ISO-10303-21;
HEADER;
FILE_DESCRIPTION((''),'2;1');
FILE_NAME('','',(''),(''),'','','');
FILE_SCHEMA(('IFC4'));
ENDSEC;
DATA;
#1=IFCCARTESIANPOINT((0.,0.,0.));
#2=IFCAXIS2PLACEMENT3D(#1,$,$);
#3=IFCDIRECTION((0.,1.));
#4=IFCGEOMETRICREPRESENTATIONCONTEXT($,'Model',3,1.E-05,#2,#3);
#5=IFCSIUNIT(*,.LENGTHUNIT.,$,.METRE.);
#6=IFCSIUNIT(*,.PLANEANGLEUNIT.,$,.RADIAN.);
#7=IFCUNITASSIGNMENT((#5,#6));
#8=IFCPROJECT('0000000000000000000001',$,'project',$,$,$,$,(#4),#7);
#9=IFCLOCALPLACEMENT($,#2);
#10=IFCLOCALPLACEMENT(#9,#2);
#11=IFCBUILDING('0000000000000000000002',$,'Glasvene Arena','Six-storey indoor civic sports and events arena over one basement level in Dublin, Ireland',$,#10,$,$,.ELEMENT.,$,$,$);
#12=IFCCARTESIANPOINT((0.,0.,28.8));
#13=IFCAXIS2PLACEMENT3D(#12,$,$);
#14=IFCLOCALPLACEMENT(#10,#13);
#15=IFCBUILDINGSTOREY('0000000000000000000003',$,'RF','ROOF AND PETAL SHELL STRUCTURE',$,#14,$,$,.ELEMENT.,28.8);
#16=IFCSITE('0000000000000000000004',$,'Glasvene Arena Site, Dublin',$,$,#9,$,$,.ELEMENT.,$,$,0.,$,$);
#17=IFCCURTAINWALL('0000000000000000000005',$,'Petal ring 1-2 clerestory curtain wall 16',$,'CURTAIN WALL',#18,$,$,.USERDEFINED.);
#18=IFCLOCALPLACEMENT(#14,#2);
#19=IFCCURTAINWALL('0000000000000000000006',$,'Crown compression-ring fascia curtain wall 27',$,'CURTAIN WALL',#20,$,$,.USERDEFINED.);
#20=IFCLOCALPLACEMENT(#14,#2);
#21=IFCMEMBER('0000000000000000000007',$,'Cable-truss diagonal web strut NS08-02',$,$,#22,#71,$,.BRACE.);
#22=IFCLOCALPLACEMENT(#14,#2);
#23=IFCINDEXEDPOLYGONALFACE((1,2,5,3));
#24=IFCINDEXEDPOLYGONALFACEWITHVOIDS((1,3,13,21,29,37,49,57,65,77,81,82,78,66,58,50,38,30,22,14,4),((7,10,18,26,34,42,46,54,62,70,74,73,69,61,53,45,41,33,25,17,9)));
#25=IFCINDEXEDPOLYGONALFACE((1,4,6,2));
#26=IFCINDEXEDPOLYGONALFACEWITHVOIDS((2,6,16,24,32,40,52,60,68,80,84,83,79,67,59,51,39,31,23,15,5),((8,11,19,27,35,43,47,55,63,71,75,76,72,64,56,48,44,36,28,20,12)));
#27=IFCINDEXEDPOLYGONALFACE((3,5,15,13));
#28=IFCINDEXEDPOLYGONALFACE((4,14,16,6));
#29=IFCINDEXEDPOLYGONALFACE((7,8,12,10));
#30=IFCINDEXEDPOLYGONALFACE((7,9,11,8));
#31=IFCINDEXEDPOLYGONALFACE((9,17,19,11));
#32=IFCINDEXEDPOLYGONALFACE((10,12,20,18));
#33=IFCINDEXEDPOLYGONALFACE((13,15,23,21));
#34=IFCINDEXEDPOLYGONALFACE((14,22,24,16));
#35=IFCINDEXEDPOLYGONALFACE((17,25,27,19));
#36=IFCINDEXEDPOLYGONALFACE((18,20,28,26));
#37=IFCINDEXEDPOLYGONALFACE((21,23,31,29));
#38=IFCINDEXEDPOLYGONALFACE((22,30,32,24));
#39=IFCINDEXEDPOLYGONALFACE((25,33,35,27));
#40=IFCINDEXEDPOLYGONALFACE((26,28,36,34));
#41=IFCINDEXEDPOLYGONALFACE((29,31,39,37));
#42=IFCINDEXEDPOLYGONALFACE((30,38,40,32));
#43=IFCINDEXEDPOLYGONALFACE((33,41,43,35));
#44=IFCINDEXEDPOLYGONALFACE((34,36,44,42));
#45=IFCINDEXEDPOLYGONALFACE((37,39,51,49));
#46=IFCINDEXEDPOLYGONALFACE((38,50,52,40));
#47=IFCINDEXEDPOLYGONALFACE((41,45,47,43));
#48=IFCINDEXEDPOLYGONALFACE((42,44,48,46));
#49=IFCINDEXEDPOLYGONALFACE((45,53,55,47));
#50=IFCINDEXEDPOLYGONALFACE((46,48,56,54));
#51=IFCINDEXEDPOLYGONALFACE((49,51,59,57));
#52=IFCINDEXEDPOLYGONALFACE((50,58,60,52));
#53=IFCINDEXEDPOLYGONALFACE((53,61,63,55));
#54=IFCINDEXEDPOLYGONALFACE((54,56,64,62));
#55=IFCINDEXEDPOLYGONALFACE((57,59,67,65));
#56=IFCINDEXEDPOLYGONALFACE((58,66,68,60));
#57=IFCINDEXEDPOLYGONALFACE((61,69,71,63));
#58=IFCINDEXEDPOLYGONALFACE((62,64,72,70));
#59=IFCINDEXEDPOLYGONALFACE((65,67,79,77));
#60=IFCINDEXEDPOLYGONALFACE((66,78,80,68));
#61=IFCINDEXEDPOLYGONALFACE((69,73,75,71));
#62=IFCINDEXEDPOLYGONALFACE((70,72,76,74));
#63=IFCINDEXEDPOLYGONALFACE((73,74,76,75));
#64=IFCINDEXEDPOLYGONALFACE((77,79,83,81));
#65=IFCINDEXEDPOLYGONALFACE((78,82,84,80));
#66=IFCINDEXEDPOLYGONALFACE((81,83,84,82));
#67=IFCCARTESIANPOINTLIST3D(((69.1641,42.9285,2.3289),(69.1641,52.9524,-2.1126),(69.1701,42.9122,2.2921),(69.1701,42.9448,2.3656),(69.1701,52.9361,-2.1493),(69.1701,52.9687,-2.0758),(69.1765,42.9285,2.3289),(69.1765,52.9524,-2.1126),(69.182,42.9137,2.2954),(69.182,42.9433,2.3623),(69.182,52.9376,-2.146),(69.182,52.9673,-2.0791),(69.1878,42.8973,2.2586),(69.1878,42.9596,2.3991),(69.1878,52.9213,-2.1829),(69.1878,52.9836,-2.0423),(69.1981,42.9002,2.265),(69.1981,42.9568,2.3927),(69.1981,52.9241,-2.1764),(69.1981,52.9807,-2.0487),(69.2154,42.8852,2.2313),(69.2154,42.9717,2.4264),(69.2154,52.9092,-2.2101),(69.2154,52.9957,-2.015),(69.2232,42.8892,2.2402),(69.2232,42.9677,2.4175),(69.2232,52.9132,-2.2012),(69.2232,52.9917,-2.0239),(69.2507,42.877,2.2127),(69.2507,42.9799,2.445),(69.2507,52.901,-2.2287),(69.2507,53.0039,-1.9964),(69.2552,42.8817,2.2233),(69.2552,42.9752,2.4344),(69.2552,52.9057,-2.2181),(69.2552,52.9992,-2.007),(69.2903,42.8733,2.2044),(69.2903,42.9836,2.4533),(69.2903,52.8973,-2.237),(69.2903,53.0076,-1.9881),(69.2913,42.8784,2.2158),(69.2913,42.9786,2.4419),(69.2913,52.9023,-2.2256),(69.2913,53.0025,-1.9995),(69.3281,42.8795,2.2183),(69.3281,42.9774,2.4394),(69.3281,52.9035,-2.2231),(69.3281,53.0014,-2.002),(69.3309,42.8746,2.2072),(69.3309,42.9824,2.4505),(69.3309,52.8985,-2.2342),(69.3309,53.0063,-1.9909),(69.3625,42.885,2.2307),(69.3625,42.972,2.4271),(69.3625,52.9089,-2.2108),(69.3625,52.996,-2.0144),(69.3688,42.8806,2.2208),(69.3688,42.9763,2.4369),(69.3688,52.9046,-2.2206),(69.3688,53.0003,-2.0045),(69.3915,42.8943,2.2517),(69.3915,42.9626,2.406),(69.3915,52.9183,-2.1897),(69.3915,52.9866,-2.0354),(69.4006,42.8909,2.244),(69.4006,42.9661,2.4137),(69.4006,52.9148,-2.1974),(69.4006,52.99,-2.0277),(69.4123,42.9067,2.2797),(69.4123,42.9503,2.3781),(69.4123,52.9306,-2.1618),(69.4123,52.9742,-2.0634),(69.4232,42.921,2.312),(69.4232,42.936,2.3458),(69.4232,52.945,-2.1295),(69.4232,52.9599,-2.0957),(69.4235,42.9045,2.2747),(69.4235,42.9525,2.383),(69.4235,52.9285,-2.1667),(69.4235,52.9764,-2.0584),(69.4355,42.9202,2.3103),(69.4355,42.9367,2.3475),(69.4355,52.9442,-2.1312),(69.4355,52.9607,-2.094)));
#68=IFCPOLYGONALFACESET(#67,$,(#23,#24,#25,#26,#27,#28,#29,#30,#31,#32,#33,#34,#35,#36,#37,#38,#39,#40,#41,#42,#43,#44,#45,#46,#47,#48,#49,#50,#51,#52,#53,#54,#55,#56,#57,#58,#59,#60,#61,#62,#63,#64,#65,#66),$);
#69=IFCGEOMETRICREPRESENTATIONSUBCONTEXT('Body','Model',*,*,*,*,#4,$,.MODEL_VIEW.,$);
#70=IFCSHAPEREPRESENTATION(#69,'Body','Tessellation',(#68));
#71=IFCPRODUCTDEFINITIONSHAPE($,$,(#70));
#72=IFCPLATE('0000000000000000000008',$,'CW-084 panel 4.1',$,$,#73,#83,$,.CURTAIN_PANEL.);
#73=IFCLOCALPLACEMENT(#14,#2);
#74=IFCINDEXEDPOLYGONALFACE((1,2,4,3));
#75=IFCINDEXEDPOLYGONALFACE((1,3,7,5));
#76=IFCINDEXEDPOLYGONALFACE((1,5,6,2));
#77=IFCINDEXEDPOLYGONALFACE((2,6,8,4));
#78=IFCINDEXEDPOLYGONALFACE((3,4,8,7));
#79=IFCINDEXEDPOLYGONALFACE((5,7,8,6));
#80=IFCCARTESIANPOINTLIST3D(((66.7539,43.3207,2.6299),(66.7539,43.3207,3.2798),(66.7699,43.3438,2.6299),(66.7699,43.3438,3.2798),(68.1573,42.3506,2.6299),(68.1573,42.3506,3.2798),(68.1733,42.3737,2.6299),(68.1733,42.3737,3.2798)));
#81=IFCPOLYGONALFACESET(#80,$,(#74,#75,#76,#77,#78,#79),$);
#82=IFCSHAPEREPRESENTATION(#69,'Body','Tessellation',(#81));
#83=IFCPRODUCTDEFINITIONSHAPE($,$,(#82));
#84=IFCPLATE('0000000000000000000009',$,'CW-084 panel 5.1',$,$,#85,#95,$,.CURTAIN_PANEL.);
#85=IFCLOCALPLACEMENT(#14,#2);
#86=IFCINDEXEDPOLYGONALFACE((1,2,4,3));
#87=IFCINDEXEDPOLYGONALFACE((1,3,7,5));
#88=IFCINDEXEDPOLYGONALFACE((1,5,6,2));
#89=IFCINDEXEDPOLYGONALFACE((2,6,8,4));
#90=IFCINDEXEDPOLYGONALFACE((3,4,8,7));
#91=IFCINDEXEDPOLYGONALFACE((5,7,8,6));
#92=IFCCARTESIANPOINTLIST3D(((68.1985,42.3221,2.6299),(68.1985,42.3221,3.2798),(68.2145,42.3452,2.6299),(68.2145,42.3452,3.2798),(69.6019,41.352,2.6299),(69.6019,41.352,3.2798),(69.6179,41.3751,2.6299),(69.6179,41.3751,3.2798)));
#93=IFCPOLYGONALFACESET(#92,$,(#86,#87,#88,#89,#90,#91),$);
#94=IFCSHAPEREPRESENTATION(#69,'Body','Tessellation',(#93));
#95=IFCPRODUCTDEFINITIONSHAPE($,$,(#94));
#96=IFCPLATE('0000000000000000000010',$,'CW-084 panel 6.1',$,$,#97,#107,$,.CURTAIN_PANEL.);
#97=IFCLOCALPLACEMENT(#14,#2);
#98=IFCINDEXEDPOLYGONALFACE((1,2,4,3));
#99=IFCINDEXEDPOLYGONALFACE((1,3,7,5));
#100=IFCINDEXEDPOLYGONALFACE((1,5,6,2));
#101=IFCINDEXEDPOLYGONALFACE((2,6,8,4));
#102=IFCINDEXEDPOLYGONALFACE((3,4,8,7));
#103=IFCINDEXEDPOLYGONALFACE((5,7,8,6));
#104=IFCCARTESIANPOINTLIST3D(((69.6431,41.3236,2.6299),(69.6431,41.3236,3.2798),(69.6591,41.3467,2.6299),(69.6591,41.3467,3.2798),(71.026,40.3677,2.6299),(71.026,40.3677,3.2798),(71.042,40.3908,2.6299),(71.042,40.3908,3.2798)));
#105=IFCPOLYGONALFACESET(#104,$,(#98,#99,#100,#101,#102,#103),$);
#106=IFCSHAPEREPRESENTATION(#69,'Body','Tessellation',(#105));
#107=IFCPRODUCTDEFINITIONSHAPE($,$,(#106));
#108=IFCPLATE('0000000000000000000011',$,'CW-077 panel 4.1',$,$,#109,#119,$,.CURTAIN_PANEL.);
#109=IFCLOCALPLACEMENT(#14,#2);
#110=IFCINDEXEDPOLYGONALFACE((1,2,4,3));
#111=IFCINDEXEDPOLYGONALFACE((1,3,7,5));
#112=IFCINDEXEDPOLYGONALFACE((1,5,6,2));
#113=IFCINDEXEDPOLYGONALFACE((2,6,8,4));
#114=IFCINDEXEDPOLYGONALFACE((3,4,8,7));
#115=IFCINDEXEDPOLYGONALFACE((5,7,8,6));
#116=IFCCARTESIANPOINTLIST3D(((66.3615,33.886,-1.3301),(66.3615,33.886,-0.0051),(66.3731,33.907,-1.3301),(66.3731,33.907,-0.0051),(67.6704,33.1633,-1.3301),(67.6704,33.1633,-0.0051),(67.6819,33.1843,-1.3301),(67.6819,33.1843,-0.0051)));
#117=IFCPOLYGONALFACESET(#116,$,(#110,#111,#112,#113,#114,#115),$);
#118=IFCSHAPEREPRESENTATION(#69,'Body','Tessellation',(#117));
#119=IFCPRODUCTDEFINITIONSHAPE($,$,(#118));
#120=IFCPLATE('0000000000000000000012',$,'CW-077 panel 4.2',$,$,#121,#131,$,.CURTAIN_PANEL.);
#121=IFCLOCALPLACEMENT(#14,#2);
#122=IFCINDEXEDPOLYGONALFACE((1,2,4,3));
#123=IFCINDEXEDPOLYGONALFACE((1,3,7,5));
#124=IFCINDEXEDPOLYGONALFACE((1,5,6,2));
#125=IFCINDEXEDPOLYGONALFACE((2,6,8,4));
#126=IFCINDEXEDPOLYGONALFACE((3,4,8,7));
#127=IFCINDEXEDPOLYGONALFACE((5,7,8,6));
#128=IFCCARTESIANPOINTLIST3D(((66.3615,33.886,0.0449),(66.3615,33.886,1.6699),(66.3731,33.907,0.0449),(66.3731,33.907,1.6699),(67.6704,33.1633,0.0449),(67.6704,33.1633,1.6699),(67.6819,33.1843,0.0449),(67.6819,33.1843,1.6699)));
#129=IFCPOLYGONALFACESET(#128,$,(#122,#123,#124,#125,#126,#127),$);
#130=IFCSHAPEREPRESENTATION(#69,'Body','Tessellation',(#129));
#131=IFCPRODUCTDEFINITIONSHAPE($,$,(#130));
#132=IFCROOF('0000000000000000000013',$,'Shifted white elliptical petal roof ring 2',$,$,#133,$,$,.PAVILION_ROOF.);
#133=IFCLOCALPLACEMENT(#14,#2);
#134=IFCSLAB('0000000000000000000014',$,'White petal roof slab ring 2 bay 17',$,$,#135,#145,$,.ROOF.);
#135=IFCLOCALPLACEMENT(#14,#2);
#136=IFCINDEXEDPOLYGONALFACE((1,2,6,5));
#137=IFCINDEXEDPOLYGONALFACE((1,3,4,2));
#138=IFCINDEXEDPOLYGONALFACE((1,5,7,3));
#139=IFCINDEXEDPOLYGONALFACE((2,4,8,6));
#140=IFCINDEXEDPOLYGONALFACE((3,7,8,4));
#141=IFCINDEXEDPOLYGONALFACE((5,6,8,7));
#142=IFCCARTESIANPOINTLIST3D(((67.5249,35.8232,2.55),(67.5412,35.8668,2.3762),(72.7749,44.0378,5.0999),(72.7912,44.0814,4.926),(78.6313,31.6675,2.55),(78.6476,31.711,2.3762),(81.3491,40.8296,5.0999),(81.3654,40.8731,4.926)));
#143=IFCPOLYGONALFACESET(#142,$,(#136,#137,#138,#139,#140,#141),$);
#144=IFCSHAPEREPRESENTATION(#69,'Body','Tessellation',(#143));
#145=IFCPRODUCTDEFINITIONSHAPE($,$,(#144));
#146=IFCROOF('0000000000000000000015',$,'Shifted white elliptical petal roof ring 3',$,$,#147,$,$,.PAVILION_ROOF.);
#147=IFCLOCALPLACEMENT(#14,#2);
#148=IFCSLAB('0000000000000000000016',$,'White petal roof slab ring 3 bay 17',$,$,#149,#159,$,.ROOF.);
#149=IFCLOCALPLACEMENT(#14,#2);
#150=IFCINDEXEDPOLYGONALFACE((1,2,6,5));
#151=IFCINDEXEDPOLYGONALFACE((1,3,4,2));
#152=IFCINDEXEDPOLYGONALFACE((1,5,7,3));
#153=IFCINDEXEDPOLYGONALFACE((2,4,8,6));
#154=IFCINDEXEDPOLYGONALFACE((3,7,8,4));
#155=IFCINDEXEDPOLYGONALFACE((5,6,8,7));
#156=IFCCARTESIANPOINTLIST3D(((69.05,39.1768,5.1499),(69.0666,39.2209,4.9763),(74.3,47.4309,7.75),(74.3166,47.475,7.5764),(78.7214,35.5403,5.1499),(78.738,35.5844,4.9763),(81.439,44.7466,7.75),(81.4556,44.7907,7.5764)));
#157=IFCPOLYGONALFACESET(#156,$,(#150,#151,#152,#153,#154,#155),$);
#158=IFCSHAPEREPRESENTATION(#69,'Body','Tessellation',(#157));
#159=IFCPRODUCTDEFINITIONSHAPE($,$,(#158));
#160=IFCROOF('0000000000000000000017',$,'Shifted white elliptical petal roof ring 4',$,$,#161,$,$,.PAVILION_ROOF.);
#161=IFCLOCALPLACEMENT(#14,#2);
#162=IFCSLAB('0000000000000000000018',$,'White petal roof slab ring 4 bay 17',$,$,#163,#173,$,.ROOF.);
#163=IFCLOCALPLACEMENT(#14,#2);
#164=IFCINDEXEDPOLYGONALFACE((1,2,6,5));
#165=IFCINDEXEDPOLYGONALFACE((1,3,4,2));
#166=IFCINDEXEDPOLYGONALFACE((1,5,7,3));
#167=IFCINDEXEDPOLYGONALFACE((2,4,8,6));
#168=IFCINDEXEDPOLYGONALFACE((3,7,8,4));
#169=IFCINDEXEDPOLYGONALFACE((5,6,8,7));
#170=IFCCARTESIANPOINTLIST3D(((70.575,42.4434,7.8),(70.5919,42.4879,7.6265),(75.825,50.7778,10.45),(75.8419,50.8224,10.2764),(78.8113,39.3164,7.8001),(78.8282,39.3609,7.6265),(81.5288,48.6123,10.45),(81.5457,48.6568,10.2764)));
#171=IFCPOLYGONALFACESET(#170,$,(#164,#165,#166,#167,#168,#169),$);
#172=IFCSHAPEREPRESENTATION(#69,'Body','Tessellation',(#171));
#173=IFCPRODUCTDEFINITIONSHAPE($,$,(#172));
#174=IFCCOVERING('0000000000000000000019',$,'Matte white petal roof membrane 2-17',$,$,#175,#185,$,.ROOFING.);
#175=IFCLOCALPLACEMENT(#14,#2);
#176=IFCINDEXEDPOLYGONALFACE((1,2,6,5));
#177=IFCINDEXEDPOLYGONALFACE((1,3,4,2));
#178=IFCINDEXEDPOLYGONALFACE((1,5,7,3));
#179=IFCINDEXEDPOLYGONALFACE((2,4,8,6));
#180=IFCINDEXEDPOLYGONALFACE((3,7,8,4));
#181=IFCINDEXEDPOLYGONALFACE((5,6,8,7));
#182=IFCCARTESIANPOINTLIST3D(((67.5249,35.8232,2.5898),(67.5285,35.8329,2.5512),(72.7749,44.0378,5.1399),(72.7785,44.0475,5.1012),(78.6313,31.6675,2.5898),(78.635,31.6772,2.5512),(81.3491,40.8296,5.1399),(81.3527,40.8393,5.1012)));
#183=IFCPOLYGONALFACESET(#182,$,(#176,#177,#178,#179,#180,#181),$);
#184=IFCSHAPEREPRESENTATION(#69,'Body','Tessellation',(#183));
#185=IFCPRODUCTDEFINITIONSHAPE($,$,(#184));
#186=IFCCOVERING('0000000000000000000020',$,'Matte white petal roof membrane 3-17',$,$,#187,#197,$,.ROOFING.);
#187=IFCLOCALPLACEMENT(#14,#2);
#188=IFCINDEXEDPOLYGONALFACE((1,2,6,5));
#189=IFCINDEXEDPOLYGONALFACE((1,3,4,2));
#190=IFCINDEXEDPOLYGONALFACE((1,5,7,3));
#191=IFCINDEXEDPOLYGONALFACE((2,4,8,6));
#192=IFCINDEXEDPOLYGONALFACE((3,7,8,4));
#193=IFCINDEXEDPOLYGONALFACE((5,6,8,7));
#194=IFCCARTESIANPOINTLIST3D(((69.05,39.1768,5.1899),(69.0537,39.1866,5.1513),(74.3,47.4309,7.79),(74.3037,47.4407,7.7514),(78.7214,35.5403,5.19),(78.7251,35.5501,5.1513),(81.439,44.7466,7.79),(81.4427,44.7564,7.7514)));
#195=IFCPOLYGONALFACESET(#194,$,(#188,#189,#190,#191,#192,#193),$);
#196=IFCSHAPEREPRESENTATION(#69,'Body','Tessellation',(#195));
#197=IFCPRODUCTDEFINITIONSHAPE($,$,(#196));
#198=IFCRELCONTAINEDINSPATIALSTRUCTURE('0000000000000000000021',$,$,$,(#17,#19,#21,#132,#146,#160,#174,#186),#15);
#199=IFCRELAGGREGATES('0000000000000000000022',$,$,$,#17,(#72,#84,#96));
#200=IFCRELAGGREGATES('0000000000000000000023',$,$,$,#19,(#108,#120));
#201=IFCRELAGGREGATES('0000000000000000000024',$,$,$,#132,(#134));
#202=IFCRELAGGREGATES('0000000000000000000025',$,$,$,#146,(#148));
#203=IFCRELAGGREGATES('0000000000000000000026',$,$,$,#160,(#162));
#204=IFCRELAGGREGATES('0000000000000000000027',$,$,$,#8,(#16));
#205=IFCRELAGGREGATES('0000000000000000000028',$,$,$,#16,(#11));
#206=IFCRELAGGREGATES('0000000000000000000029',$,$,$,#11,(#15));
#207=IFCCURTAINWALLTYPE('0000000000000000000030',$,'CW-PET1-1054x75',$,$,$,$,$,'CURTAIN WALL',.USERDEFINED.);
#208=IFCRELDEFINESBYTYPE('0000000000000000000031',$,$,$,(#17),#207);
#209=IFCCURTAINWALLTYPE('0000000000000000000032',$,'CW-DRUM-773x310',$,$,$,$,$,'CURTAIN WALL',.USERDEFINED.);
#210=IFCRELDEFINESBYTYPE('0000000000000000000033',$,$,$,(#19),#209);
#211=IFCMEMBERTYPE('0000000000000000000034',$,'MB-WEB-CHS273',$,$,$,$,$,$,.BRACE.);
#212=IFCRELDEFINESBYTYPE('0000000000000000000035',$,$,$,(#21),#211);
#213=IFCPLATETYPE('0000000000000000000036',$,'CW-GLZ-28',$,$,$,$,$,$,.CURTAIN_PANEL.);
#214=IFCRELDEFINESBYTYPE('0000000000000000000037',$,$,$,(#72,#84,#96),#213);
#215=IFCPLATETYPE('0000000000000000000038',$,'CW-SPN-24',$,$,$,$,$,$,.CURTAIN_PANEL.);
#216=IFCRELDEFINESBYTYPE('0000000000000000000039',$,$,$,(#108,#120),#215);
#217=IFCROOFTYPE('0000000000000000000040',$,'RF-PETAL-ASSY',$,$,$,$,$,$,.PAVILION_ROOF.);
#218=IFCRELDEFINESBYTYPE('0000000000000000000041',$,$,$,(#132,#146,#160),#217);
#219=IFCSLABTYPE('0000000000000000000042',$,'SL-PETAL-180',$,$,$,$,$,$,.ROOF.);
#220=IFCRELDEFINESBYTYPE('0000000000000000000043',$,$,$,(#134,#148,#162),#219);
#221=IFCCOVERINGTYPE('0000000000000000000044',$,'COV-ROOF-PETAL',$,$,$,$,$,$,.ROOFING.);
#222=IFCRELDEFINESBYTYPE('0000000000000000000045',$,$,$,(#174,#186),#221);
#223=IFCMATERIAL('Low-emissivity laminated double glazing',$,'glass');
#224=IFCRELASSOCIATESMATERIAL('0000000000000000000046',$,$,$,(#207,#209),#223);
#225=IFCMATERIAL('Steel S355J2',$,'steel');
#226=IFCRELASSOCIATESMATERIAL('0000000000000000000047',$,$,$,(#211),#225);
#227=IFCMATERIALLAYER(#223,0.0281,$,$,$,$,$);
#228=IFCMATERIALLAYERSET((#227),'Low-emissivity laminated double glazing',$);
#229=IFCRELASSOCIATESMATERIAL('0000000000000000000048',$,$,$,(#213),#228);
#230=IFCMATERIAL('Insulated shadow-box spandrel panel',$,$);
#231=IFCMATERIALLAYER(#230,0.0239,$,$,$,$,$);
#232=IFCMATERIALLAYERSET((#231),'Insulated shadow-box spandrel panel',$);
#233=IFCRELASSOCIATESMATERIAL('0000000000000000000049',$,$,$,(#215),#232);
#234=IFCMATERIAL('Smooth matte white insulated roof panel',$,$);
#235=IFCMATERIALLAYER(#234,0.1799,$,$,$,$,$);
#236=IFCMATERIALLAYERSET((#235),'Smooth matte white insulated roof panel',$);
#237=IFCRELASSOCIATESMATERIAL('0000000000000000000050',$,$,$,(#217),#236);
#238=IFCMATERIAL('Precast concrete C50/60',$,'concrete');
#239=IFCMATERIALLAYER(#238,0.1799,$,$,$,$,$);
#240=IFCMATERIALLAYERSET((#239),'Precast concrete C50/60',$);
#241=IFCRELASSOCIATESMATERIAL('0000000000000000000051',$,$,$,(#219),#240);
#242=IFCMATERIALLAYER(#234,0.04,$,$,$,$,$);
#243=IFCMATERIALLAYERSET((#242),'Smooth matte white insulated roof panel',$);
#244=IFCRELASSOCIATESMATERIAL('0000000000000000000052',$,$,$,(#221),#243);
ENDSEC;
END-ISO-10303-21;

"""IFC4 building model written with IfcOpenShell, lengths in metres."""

from ifc_helpers import new_model, si_unit, direction, frame, origin, origin_2d, place, context, subcontext, project, spatial, polyline, rectangle, hollow_circle, outline, extrude, material, layer, layer_set, material_profile, profile_set, type_object, element, aggregate, save


model = new_model("IFC4")

# Units and contexts
model_context = context("Model", 3, precision=1e-05, world=origin(), true_north=direction((0.0, 1.0)))
body_context = subcontext(model_context, "Body", "Model", "MODEL_VIEW")
ifc_project = project(units=[si_unit("LENGTHUNIT", "METRE"), si_unit("PLANEANGLEUNIT", "RADIAN")], contexts=[model_context])

# Site, building, storey
site_placement = place(None, origin())
site = spatial("IfcSite", under=ifc_project, at=site_placement, Name="Glasvene Arena Site, Dublin", CompositionType="ELEMENT", RefElevation=0.0)
building_placement = place(site_placement, origin())
building = spatial("IfcBuilding", under=site, at=building_placement, Name="Glasvene Arena", Description="Six-storey indoor civic sports and events arena over one basement level in Dublin, Ireland", CompositionType="ELEMENT")
storey_placement = place(building_placement, frame((0.0, 0.0, 28.8)))
storey = spatial("IfcBuildingStorey", under=building, at=storey_placement, Name="RF", Description="ROOF AND PETAL SHELL STRUCTURE", CompositionType="ELEMENT", Elevation=28.8)

# Curtain wall
ifc_material_1 = material(Name="Low-emissivity laminated double glazing", Category="glass")
curtain_wall_type_1 = type_object("IfcCurtainWallType", Name="CW-PET1-1054x75", ElementType="CURTAIN WALL", PredefinedType="USERDEFINED", material=ifc_material_1)
curtain_wall_1_placement = place(storey_placement, frame((62.4077, 46.342, 0.0)))
curtain_wall_1 = element("IfcCurtainWall", 1, at=curtain_wall_1_placement, inside=storey, type_object=curtain_wall_type_1, Name="Petal ring 1-2 clerestory curtain wall 16", ObjectType="CURTAIN WALL", PredefinedType="USERDEFINED")

# Curtain wall
curtain_wall_type_2 = type_object("IfcCurtainWallType", Name="CW-DRUM-773x310", ElementType="CURTAIN WALL", PredefinedType="USERDEFINED", material=ifc_material_1)
curtain_wall_2_placement = place(storey_placement, frame((62.2876, 36.1494, 0.0)))
curtain_wall_2 = element("IfcCurtainWall", 2, at=curtain_wall_2_placement, inside=storey, type_object=curtain_wall_type_2, Name="Crown compression-ring fascia curtain wall 27", ObjectType="CURTAIN WALL", PredefinedType="USERDEFINED")

# Member
ifc_material_2 = material(Name="Steel S355J2", Category="steel")
ifc_material_profile_1 = material_profile(ifc_material_2, hollow_circle(Radius=0.1365, WallThickness=0.0125, at=origin_2d()), Name="CHS 273.0x12.5")
ifc_profile_set_1 = profile_set([ifc_material_profile_1], Name="Steel S355J2")
member_type_1 = type_object("IfcMemberType", Name="MB-WEB-CHS273", PredefinedType="BRACE", material=ifc_profile_set_1)
member_1_placement = place(storey_placement, frame((69.3005, 42.9285, 2.3289), z_axis=(0.0, 0.914274, -0.405097), x_axis=(-1.0, 0.0, 0.0)))
element("IfcMember", 3, at=member_1_placement, inside=storey, type_object=member_type_1, Name="Cable-truss diagonal web strut NS08-02", PredefinedType="BRACE", context=body_context, shape_type="SweptSolid", body=[
    extrude(hollow_circle(Radius=0.1365, WallThickness=0.0125, at=origin_2d()), origin(), (0.0, 0.0, 1.0), 10.9639),
])

# Plates
ifc_layer_1 = layer(ifc_material_1, 0.0281)
ifc_layer_set_1 = layer_set([ifc_layer_1], Name="Low-emissivity laminated double glazing")
plate_type_1 = type_object("IfcPlateType", Name="CW-GLZ-28", PredefinedType="CURTAIN_PANEL", material=ifc_layer_set_1)
plate_1_placement = place(storey_placement, frame((67.4636, 42.8472, 2.6299), z_axis=(0.0, 0.0, 1.0), x_axis=(0.822601, -0.568619, 0.0)))
plate_1 = element("IfcPlate", 4, at=plate_1_placement, type_object=plate_type_1, Name="CW-084 panel 4.1", PredefinedType="CURTAIN_PANEL", context=body_context, shape_type="SweptSolid", body=[
    extrude(rectangle(XDim=1.7061, YDim=0.0281, at=origin_2d()), origin(), (0.0, 0.0, 1.0), 0.6499),
])
plate_2_placement = place(storey_placement, frame((68.9082, 41.8486, 2.6299), z_axis=(0.0, 0.0, 1.0), x_axis=(0.822601, -0.568619, 0.0)))
plate_2 = element("IfcPlate", 5, at=plate_2_placement, type_object=plate_type_1, Name="CW-084 panel 5.1", PredefinedType="CURTAIN_PANEL", context=body_context, shape_type="SweptSolid", body=[
    extrude(rectangle(XDim=1.7061, YDim=0.0281, at=origin_2d()), origin(), (0.0, 0.0, 1.0), 0.6499),
])
plate_3_placement = place(storey_placement, frame((70.3425, 40.8572, 2.6299), z_axis=(0.0, 0.0, 1.0), x_axis=(0.822601, -0.568619, 0.0)))
plate_3 = element("IfcPlate", 6, at=plate_3_placement, type_object=plate_type_1, Name="CW-084 panel 6.1", PredefinedType="CURTAIN_PANEL", context=body_context, shape_type="SweptSolid", body=[
    extrude(rectangle(XDim=1.6812, YDim=0.0281, at=origin_2d()), origin(), (0.0, 0.0, 1.0), 0.6499),
])
aggregate(curtain_wall_1, [plate_1, plate_2, plate_3])
ifc_material_3 = material(Name="Insulated shadow-box spandrel panel")
ifc_layer_2 = layer(ifc_material_3, 0.0239)
ifc_layer_set_2 = layer_set([ifc_layer_2], Name="Insulated shadow-box spandrel panel")
plate_type_2 = type_object("IfcPlateType", Name="CW-SPN-24", PredefinedType="CURTAIN_PANEL", material=ifc_layer_set_2)
plate_4_placement = place(storey_placement, frame((67.0217, 33.5352, -1.3301), z_axis=(0.0, 0.0, 1.0), x_axis=(0.875407, -0.483387, 0.0)))
plate_4 = element("IfcPlate", 7, at=plate_4_placement, type_object=plate_type_2, Name="CW-077 panel 4.1", PredefinedType="CURTAIN_PANEL", context=body_context, shape_type="SweptSolid", body=[
    extrude(rectangle(XDim=1.4951, YDim=0.0239, at=origin_2d()), origin(), (0.0, 0.0, 1.0), 1.325),
])
plate_5_placement = place(storey_placement, frame((67.0217, 33.5352, 0.0449), z_axis=(0.0, 0.0, 1.0), x_axis=(0.875407, -0.483387, 0.0)))
plate_5 = element("IfcPlate", 8, at=plate_5_placement, type_object=plate_type_2, Name="CW-077 panel 4.2", PredefinedType="CURTAIN_PANEL", context=body_context, shape_type="SweptSolid", body=[
    extrude(rectangle(XDim=1.4951, YDim=0.0239, at=origin_2d()), origin(), (0.0, 0.0, 1.0), 1.625),
])
aggregate(curtain_wall_2, [plate_4, plate_5])

# Roofs, slabs
ifc_material_4 = material(Name="Smooth matte white insulated roof panel")
ifc_layer_3 = layer(ifc_material_4, 0.1799)
ifc_layer_set_3 = layer_set([ifc_layer_3], Name="Smooth matte white insulated roof panel")
roof_type = type_object("IfcRoofType", Name="RF-PETAL-ASSY", PredefinedType="PAVILION_ROOF", material=ifc_layer_set_3)
roof_1_placement = place(storey_placement, frame((90.55, 71.8501, 2.55)))
roof_1 = element("IfcRoof", 9, at=roof_1_placement, inside=storey, type_object=roof_type, Name="Shifted white elliptical petal roof ring 2", PredefinedType="PAVILION_ROOF")
ifc_material_5 = material(Name="Precast concrete C50/60", Category="concrete")
ifc_layer_4 = layer(ifc_material_5, 0.1799)
ifc_layer_set_4 = layer_set([ifc_layer_4], Name="Precast concrete C50/60")
slab_type = type_object("IfcSlabType", Name="SL-PETAL-180", PredefinedType="ROOF", material=ifc_layer_set_4)
slab_1_placement = place(storey_placement, frame((67.5249, 35.8232, 2.55), z_axis=(-0.090547, -0.24199, 0.966045), x_axis=(0.936583, -0.350446, 0.0)))
slab_1 = element("IfcSlab", 10, at=slab_1_placement, type_object=slab_type, Name="White petal roof slab ring 2 bay 17", PredefinedType="ROOF", context=body_context, shape_type="SweptSolid", body=[
    extrude(outline(polyline([(0.0, 0.0), (11.8585, 0.0), (11.1931, 9.8686), (2.0383, 9.8686), (0.0, 0.0)])), origin(), (0.0, 0.0, -1.0), 0.1799),
])
aggregate(roof_1, [slab_1])
roof_2_placement = place(storey_placement, frame((89.1001, 70.7, 5.1499)))
roof_2 = element("IfcRoof", 11, at=roof_2_placement, inside=storey, type_object=roof_type, Name="Shifted white elliptical petal roof ring 3", PredefinedType="PAVILION_ROOF")
slab_2_placement = place(storey_placement, frame((69.05, 39.1768, 5.1499), z_axis=(-0.092243, -0.245323, 0.965043), x_axis=(0.93602, -0.351947, 0.000001)))
slab_2 = element("IfcSlab", 12, at=slab_2_placement, type_object=slab_type, Name="White petal roof slab ring 3 bay 17", PredefinedType="ROOF", context=body_context, shape_type="SweptSolid", body=[
    extrude(outline(polyline([(0.0, 0.0), (10.3325, 0.0), (9.636, 9.9205), (2.0091, 9.9206), (0.0, 0.0)])), origin(), (0.0, 0.0, -1.0), 0.1799),
])
aggregate(roof_2, [slab_2])
roof_3_placement = place(storey_placement, frame((87.6499, 69.55, 7.8)))
roof_3 = element("IfcRoof", 13, at=roof_3_placement, inside=storey, type_object=roof_type, Name="Shifted white elliptical petal roof ring 4", PredefinedType="PAVILION_ROOF")
slab_3_placement = place(storey_placement, frame((70.575, 42.4434, 7.8), z_axis=(-0.09394, -0.247434, 0.96434), x_axis=(0.934891, -0.354935, 0.000001)))
slab_3 = element("IfcSlab", 14, at=slab_3_placement, type_object=slab_type, Name="White petal roof slab ring 4 bay 17", PredefinedType="ROOF", context=body_context, shape_type="SweptSolid", body=[
    extrude(outline(polyline([(0.0, 0.0), (8.8099, 0.0), (8.0511, 10.0122), (1.95, 10.0123), (0.0, 0.0)])), origin(), (0.0, 0.0, -1.0), 0.1799),
])
aggregate(roof_3, [slab_3])

# Coverings
ifc_layer_5 = layer(ifc_material_4, 0.04)
ifc_layer_set_5 = layer_set([ifc_layer_5], Name="Smooth matte white insulated roof panel")
covering_type = type_object("IfcCoveringType", Name="COV-ROOF-PETAL", PredefinedType="ROOFING", material=ifc_layer_set_5)
covering_1_placement = place(storey_placement, frame((67.5249, 35.8232, 2.5898), z_axis=(-0.090555, -0.242012, 0.966038), x_axis=(0.936583, -0.350446, 0.0)))
element("IfcCovering", 15, at=covering_1_placement, inside=storey, type_object=covering_type, Name="Matte white petal roof membrane 2-17", PredefinedType="ROOFING", context=body_context, shape_type="SweptSolid", body=[
    extrude(outline(polyline([(0.0, 0.0), (11.8585, 0.0), (11.1931, 9.8687), (2.0383, 9.8687), (0.0, 0.0)])), origin(), (0.0, 0.0, -1.0), 0.04),
])
covering_2_placement = place(storey_placement, frame((69.05, 39.1768, 5.1899), z_axis=(-0.092243, -0.245323, 0.965043), x_axis=(0.93602, -0.351947, 0.000001)))
element("IfcCovering", 16, at=covering_2_placement, inside=storey, type_object=covering_type, Name="Matte white petal roof membrane 3-17", PredefinedType="ROOFING", context=body_context, shape_type="SweptSolid", body=[
    extrude(outline(polyline([(0.0, 0.0), (10.3325, 0.0), (9.636, 9.9205), (2.0091, 9.9206), (0.0, 0.0)])), origin(), (0.0, 0.0, -1.0), 0.04),
])

save(model, "model.ifc")
